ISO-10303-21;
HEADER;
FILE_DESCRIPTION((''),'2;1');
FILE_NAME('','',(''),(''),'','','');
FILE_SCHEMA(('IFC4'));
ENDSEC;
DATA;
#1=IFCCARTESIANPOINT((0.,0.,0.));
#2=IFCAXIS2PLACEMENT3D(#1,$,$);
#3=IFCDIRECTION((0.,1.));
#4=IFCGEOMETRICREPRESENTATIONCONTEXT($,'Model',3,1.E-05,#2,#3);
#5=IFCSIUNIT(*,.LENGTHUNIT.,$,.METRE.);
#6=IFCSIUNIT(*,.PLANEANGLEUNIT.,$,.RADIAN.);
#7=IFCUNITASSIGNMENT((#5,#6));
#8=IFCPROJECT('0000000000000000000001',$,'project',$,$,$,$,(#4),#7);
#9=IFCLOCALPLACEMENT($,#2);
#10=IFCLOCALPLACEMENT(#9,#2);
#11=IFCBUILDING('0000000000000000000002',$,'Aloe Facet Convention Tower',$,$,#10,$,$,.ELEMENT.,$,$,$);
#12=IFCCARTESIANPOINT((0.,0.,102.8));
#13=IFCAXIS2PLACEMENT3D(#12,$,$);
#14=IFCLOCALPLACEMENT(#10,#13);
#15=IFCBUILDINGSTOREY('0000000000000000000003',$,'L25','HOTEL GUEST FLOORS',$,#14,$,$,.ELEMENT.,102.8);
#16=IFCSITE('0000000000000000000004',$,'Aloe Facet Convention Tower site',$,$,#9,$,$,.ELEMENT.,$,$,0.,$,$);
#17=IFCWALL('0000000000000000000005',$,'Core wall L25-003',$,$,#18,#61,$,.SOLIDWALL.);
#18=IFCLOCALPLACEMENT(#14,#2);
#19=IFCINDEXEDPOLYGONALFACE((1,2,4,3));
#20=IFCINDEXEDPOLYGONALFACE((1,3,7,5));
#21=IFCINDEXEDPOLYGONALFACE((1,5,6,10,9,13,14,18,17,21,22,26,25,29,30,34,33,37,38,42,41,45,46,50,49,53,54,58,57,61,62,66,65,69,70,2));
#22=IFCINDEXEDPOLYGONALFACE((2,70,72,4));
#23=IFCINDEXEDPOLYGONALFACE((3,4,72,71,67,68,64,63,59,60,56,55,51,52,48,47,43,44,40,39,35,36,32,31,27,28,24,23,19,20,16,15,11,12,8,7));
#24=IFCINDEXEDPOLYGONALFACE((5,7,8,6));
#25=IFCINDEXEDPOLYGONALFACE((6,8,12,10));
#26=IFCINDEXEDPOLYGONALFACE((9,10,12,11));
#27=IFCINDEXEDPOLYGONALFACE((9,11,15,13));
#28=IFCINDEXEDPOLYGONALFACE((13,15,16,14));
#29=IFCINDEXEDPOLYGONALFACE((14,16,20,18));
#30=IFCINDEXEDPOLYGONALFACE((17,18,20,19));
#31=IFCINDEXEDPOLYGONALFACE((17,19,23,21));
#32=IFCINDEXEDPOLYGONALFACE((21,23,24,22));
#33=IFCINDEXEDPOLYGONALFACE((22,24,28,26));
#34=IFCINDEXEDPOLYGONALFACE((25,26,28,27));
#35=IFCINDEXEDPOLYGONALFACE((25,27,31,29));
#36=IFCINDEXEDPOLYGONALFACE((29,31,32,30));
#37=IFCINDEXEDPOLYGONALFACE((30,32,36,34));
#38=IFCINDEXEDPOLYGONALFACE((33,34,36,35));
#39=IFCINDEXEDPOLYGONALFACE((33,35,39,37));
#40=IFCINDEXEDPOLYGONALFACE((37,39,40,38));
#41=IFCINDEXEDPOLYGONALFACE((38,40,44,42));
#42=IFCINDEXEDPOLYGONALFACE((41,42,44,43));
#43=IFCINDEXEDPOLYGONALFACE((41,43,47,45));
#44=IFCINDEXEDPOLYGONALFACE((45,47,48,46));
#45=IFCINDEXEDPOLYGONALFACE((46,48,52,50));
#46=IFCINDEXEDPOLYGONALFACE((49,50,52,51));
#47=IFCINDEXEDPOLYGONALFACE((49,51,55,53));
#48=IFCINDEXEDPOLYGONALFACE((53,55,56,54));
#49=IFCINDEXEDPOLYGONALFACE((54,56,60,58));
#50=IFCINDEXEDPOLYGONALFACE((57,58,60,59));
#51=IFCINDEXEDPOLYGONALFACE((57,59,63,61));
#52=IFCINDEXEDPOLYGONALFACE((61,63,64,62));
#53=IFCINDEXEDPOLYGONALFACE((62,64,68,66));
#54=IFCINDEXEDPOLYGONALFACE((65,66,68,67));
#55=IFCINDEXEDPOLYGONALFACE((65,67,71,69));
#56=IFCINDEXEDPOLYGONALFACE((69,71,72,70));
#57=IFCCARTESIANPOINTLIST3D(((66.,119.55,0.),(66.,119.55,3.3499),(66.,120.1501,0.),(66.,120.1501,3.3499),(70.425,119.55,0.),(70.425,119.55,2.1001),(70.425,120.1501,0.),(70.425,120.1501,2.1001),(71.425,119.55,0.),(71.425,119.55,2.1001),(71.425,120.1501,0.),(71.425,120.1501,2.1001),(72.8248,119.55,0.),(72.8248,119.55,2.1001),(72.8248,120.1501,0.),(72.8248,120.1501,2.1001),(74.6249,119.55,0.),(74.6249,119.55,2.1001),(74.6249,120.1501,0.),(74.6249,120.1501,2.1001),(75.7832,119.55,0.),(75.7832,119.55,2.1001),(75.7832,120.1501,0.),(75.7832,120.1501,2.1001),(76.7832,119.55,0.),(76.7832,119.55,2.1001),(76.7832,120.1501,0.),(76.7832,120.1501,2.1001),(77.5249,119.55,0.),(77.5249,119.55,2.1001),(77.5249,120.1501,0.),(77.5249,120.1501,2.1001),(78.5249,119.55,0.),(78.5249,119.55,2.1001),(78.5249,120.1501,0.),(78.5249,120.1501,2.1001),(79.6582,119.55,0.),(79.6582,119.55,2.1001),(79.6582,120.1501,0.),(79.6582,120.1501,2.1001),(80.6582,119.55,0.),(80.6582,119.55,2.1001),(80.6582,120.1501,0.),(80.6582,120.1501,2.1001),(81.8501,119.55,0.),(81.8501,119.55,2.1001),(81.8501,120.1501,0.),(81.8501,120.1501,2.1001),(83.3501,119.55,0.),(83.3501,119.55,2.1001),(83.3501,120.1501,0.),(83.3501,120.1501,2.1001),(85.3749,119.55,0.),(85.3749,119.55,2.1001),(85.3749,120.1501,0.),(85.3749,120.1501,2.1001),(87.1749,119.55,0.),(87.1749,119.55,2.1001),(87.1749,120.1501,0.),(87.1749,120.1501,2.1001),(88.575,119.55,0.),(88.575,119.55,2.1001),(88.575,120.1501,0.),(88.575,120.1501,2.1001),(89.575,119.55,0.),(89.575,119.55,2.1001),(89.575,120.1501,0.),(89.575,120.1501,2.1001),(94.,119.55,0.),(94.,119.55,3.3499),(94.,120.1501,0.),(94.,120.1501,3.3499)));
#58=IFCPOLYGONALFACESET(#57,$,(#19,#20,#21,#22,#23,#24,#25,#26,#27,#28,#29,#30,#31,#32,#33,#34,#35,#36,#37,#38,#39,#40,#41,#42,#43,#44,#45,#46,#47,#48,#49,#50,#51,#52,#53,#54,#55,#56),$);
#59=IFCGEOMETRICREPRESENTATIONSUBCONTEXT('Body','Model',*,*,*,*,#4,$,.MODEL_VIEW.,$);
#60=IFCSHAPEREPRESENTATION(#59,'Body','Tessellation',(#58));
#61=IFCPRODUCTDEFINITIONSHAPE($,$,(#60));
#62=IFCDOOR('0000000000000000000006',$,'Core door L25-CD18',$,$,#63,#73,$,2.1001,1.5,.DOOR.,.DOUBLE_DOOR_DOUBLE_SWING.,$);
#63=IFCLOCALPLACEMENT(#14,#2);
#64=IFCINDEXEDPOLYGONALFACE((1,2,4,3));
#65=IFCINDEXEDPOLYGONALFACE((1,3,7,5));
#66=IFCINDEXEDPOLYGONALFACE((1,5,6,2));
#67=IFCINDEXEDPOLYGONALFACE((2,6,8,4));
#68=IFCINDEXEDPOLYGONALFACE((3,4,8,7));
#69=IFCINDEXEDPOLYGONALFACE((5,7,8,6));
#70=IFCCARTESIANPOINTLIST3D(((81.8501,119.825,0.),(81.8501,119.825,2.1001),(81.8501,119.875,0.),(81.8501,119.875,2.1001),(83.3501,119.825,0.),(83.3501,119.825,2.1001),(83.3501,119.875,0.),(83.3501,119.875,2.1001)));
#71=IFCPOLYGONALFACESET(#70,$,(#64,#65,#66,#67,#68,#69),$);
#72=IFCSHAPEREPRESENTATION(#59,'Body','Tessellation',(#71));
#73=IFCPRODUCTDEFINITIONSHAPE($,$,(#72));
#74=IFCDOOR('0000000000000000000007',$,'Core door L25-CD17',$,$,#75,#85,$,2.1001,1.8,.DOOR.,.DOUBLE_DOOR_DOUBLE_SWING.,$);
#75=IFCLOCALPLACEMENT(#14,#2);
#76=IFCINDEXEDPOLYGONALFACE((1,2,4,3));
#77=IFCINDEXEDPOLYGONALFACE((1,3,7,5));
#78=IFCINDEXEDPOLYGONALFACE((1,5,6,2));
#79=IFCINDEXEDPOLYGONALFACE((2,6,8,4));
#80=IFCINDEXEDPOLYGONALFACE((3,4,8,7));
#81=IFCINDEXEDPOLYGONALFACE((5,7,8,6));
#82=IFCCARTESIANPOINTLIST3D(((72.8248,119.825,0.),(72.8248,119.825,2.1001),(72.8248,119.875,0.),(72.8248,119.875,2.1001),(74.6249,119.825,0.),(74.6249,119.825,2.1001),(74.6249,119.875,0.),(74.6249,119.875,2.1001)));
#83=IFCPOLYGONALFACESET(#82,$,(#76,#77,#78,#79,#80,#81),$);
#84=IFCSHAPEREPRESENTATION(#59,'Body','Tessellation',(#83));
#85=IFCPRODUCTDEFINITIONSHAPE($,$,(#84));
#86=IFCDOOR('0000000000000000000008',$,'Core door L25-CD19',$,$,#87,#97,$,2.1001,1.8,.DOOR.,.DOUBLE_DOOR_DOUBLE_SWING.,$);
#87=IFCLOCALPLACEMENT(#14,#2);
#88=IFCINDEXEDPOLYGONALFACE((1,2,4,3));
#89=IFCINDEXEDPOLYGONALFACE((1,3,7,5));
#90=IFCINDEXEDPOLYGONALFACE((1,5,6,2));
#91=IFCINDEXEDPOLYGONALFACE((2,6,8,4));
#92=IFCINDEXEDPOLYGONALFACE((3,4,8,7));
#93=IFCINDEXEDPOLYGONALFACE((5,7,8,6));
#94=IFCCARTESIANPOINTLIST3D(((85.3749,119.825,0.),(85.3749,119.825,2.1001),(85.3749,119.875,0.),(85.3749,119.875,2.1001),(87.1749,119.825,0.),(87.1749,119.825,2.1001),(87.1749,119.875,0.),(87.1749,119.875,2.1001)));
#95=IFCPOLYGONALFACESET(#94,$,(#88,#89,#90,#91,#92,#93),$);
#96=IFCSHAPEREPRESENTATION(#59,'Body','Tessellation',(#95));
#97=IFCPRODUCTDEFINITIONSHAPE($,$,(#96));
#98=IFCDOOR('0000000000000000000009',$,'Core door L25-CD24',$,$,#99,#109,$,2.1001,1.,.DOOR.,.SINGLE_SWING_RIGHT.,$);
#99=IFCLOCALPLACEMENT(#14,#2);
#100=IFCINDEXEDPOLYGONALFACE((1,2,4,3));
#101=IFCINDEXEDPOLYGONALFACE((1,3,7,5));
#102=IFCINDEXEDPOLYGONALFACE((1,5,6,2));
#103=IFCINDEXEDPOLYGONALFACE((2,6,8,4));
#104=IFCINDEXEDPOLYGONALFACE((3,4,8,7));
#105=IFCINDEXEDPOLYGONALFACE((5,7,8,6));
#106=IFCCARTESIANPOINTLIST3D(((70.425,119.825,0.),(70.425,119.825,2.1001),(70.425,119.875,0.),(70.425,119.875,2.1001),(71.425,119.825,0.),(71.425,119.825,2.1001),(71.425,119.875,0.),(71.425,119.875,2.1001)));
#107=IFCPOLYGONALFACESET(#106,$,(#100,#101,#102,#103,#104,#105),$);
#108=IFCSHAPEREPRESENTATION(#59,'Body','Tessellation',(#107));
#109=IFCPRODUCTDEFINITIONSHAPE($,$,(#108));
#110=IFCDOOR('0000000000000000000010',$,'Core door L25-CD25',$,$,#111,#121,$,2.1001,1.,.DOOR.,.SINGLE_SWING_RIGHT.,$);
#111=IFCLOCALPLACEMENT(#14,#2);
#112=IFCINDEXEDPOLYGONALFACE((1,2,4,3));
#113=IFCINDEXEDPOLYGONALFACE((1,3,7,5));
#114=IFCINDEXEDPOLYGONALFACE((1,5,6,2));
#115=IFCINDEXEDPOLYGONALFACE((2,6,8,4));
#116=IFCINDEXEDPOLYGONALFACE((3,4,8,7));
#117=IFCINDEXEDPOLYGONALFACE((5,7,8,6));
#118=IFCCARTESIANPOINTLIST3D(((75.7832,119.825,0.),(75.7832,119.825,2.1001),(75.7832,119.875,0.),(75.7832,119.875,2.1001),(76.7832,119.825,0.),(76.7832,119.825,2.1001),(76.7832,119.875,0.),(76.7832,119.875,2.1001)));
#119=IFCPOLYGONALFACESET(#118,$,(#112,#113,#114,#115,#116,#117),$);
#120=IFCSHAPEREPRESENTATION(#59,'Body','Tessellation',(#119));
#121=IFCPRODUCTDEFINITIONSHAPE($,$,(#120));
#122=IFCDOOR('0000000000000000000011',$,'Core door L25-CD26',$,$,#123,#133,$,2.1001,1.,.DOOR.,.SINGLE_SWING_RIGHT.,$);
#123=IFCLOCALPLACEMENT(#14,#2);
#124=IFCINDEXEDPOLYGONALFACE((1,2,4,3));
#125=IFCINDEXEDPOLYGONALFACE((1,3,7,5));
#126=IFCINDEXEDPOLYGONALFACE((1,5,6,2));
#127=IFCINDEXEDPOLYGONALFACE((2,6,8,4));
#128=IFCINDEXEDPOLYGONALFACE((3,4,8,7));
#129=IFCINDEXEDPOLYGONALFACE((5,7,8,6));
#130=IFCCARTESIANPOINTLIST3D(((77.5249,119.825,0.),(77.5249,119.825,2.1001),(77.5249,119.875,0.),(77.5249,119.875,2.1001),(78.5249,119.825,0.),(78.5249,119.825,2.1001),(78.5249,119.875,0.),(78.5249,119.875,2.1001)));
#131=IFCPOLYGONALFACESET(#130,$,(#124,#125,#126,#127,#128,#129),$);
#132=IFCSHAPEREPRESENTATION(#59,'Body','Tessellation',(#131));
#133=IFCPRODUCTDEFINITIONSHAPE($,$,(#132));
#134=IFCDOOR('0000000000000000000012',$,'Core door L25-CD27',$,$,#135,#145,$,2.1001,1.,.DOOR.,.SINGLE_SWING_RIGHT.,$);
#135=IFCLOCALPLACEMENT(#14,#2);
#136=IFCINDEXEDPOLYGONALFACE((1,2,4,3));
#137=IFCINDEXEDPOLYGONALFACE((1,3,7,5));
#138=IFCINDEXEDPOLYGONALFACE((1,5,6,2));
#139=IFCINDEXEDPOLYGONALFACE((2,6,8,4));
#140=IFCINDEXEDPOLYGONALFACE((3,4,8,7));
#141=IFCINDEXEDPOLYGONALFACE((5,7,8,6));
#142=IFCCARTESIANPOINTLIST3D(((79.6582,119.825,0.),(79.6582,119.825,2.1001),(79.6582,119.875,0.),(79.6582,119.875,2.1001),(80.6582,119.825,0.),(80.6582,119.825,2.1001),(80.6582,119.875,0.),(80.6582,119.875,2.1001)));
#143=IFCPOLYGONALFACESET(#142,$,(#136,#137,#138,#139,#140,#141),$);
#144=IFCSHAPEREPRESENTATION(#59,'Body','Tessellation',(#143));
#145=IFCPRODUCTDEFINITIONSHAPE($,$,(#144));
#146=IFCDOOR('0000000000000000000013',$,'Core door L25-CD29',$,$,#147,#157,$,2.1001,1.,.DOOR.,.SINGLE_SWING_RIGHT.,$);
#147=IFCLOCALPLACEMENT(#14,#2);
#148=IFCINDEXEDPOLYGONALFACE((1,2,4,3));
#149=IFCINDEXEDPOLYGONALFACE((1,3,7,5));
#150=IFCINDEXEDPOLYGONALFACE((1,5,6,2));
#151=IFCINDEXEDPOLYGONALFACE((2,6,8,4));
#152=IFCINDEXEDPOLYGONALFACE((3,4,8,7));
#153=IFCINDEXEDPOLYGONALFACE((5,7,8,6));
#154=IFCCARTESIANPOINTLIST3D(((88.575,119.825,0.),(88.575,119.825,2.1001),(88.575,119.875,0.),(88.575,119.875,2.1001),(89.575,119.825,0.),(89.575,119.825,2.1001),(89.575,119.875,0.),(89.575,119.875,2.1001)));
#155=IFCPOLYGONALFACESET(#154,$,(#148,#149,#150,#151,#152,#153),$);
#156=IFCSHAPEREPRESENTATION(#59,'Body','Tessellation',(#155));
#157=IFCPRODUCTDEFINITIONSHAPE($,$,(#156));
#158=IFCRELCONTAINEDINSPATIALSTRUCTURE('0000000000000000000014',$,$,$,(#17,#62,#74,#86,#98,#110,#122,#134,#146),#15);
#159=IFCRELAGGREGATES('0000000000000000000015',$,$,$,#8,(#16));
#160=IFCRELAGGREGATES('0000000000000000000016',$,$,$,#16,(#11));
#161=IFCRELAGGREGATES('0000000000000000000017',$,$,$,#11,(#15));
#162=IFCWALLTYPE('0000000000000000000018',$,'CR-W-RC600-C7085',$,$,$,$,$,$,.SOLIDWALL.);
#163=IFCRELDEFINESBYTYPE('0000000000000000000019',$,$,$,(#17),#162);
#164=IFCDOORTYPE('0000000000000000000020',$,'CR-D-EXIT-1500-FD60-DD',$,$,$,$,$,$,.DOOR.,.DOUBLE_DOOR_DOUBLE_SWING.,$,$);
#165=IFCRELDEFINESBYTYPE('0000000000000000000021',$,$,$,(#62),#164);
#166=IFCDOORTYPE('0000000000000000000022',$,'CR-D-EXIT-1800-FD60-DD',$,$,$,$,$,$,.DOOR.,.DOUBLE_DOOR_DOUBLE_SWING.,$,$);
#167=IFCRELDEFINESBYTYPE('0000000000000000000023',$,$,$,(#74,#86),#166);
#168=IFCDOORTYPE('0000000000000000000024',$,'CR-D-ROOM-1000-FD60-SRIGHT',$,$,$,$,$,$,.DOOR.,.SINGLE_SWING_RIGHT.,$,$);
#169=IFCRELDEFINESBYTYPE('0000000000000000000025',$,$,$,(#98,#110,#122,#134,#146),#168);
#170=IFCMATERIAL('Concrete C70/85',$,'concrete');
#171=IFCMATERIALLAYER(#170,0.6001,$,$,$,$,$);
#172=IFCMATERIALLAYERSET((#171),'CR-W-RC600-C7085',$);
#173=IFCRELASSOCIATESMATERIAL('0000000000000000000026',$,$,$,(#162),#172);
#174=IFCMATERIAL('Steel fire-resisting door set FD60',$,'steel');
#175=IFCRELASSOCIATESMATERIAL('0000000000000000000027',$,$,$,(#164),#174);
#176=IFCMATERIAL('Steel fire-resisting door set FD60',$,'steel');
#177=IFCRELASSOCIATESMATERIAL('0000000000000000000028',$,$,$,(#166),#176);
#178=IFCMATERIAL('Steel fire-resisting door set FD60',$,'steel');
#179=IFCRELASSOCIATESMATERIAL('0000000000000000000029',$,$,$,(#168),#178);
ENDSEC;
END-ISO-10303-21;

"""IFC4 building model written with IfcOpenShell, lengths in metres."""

from ifc_helpers import new_model, si_unit, direction, frame, frame_2d, origin, place, context, subcontext, project, spatial, rectangle, extrude, material, layer, layer_set, type_object, element, fill, save


model = new_model("IFC4")

# Units and contexts
model_context = context("Model", 3, precision=1e-05, world=origin(), true_north=direction((0.0, 1.0)))
body_context = subcontext(model_context, "Body", "Model", "MODEL_VIEW")
ifc_project = project(units=[si_unit("LENGTHUNIT", "METRE"), si_unit("PLANEANGLEUNIT", "RADIAN")], contexts=[model_context])

# Site, building, storey
site_placement = place(None, origin())
site = spatial("IfcSite", under=ifc_project, at=site_placement, Name="Aloe Facet Convention Tower site", CompositionType="ELEMENT", RefElevation=0.0)
building_placement = place(site_placement, origin())
building = spatial("IfcBuilding", under=site, at=building_placement, Name="Aloe Facet Convention Tower", CompositionType="ELEMENT")
storey_placement = place(building_placement, frame((0.0, 0.0, 102.8)))
storey = spatial("IfcBuildingStorey", under=building, at=storey_placement, Name="L25", Description="HOTEL GUEST FLOORS", CompositionType="ELEMENT", Elevation=102.8)

# Wall, openings, doors
ifc_material_1 = material(Name="Concrete C70/85", Category="concrete")
ifc_layer_1 = layer(ifc_material_1, 0.6001)
ifc_layer_set_1 = layer_set([ifc_layer_1], Name="CR-W-RC600-C7085")
wall_type_1 = type_object("IfcWallType", Name="CR-W-RC600-C7085", PredefinedType="SOLIDWALL", material=ifc_layer_set_1)
wall_1_placement = place(storey_placement, frame((66.0, 119.8501, 0.0), z_axis=(0.0, 0.0, 1.0), x_axis=(1.0, 0.0, 0.0)))
wall_1 = element("IfcWall", 1, at=wall_1_placement, inside=storey, type_object=wall_type_1, Name="Core wall L25-003", PredefinedType="SOLIDWALL", context=body_context, shape_type="SweptSolid", body=[
    extrude(rectangle(XDim=28.0, YDim=0.6001, at=frame_2d((14.0, 0.0))), origin(), (0.0, 0.0, 1.0), 3.3499),
])
opening_1_placement = place(wall_1_placement, frame((6.825, 0.0, 0.0)))
opening_1 = element("IfcOpeningElement", 2, at=opening_1_placement, cuts=wall_1, PredefinedType="OPENING", context=body_context, shape_type="SweptSolid", body=[
    extrude(rectangle(XDim=1.8, YDim=2.1001, at=frame_2d((0.8999, 1.05))), frame((0.0, 0.3101, 0.0), z_axis=(0.0, -1.0, 0.0), x_axis=(1.0, 0.0, 0.0)), (0.0, 0.0, 1.0), 0.6201),
])
opening_2_placement = place(wall_1_placement, frame((15.8501, 0.0, 0.0)))
opening_2 = element("IfcOpeningElement", 3, at=opening_2_placement, cuts=wall_1, PredefinedType="OPENING", context=body_context, shape_type="SweptSolid", body=[
    extrude(rectangle(XDim=1.5, YDim=2.1001, at=frame_2d((0.75, 1.05))), frame((0.0, 0.3101, 0.0), z_axis=(0.0, -1.0, 0.0), x_axis=(1.0, 0.0, 0.0)), (0.0, 0.0, 1.0), 0.6201),
])
opening_3_placement = place(wall_1_placement, frame((19.375, 0.0, 0.0)))
opening_3 = element("IfcOpeningElement", 4, at=opening_3_placement, cuts=wall_1, PredefinedType="OPENING", context=body_context, shape_type="SweptSolid", body=[
    extrude(rectangle(XDim=1.8, YDim=2.1001, at=frame_2d((0.8999, 1.05))), frame((0.0, 0.3101, 0.0), z_axis=(0.0, -1.0, 0.0), x_axis=(1.0, 0.0, 0.0)), (0.0, 0.0, 1.0), 0.6201),
])
opening_4_placement = place(wall_1_placement, frame((4.425, 0.0, 0.0)))
opening_4 = element("IfcOpeningElement", 5, at=opening_4_placement, cuts=wall_1, PredefinedType="OPENING", context=body_context, shape_type="SweptSolid", body=[
    extrude(rectangle(XDim=1.0, YDim=2.1001, at=frame_2d((0.5, 1.05))), frame((0.0, 0.3101, 0.0), z_axis=(0.0, -1.0, 0.0), x_axis=(1.0, 0.0, 0.0)), (0.0, 0.0, 1.0), 0.6201),
])
opening_5_placement = place(wall_1_placement, frame((9.7832, 0.0, 0.0)))
opening_5 = element("IfcOpeningElement", 6, at=opening_5_placement, cuts=wall_1, PredefinedType="OPENING", context=body_context, shape_type="SweptSolid", body=[
    extrude(rectangle(XDim=1.0, YDim=2.1001, at=frame_2d((0.5, 1.05))), frame((0.0, 0.3101, 0.0), z_axis=(0.0, -1.0, 0.0), x_axis=(1.0, 0.0, 0.0)), (0.0, 0.0, 1.0), 0.6201),
])
opening_6_placement = place(wall_1_placement, frame((11.5249, 0.0, 0.0)))
opening_6 = element("IfcOpeningElement", 7, at=opening_6_placement, cuts=wall_1, PredefinedType="OPENING", context=body_context, shape_type="SweptSolid", body=[
    extrude(rectangle(XDim=1.0, YDim=2.1001, at=frame_2d((0.5, 1.05))), frame((0.0, 0.3101, 0.0), z_axis=(0.0, -1.0, 0.0), x_axis=(1.0, 0.0, 0.0)), (0.0, 0.0, 1.0), 0.6201),
])
opening_7_placement = place(wall_1_placement, frame((13.6582, 0.0, 0.0)))
opening_7 = element("IfcOpeningElement", 8, at=opening_7_placement, cuts=wall_1, PredefinedType="OPENING", context=body_context, shape_type="SweptSolid", body=[
    extrude(rectangle(XDim=1.0, YDim=2.1001, at=frame_2d((0.5, 1.05))), frame((0.0, 0.3101, 0.0), z_axis=(0.0, -1.0, 0.0), x_axis=(1.0, 0.0, 0.0)), (0.0, 0.0, 1.0), 0.6201),
])
opening_8_placement = place(wall_1_placement, frame((22.575, 0.0, 0.0)))
opening_8 = element("IfcOpeningElement", 9, at=opening_8_placement, cuts=wall_1, PredefinedType="OPENING", context=body_context, shape_type="SweptSolid", body=[
    extrude(rectangle(XDim=1.0, YDim=2.1001, at=frame_2d((0.5, 1.05))), frame((0.0, 0.3101, 0.0), z_axis=(0.0, -1.0, 0.0), x_axis=(1.0, 0.0, 0.0)), (0.0, 0.0, 1.0), 0.6201),
])
ifc_material_2 = material(Name="Steel fire-resisting door set FD60", Category="steel")
door_type_1 = type_object("IfcDoorType", Name="CR-D-EXIT-1500-FD60-DD", OperationType="DOUBLE_DOOR_DOUBLE_SWING", PredefinedType="DOOR", material=ifc_material_2)
door_1_placement = place(opening_2_placement, origin())
door_1 = element("IfcDoor", 10, at=door_1_placement, inside=storey, type_object=door_type_1, Name="Core door L25-CD18", OperationType="DOUBLE_DOOR_DOUBLE_SWING", OverallHeight=2.1001, OverallWidth=1.5, PredefinedType="DOOR", context=body_context, shape_type="SweptSolid", body=[
    extrude(rectangle(XDim=1.5, YDim=2.1001, at=frame_2d((0.75, 1.05))), frame((0.0, 0.0249, 0.0), z_axis=(0.0, -1.0, 0.0), x_axis=(1.0, 0.0, 0.0)), (0.0, 0.0, 1.0), 0.05),
])
fill(opening_2, door_1)
ifc_material_3 = material(Name="Steel fire-resisting door set FD60", Category="steel")
door_type_2 = type_object("IfcDoorType", Name="CR-D-EXIT-1800-FD60-DD", OperationType="DOUBLE_DOOR_DOUBLE_SWING", PredefinedType="DOOR", material=ifc_material_3)
door_2_placement = place(opening_1_placement, origin())
door_2 = element("IfcDoor", 11, at=door_2_placement, inside=storey, type_object=door_type_2, Name="Core door L25-CD17", OperationType="DOUBLE_DOOR_DOUBLE_SWING", OverallHeight=2.1001, OverallWidth=1.8, PredefinedType="DOOR", context=body_context, shape_type="SweptSolid", body=[
    extrude(rectangle(XDim=1.8, YDim=2.1001, at=frame_2d((0.8999, 1.05))), frame((0.0, 0.0249, 0.0), z_axis=(0.0, -1.0, 0.0), x_axis=(1.0, 0.0, 0.0)), (0.0, 0.0, 1.0), 0.05),
])
fill(opening_1, door_2)
door_3_placement = place(opening_3_placement, origin())
door_3 = element("IfcDoor", 12, at=door_3_placement, inside=storey, type_object=door_type_2, Name="Core door L25-CD19", OperationType="DOUBLE_DOOR_DOUBLE_SWING", OverallHeight=2.1001, OverallWidth=1.8, PredefinedType="DOOR", context=body_context, shape_type="SweptSolid", body=[
    extrude(rectangle(XDim=1.8, YDim=2.1001, at=frame_2d((0.8999, 1.05))), frame((0.0, 0.0249, 0.0), z_axis=(0.0, -1.0, 0.0), x_axis=(1.0, 0.0, 0.0)), (0.0, 0.0, 1.0), 0.05),
])
fill(opening_3, door_3)
ifc_material_4 = material(Name="Steel fire-resisting door set FD60", Category="steel")
door_type_3 = type_object("IfcDoorType", Name="CR-D-ROOM-1000-FD60-SRIGHT", OperationType="SINGLE_SWING_RIGHT", PredefinedType="DOOR", material=ifc_material_4)
door_4_placement = place(opening_4_placement, origin())
door_4 = element("IfcDoor", 13, at=door_4_placement, inside=storey, type_object=door_type_3, Name="Core door L25-CD24", OperationType="SINGLE_SWING_RIGHT", OverallHeight=2.1001, OverallWidth=1.0, PredefinedType="DOOR", context=body_context, shape_type="SweptSolid", body=[
    extrude(rectangle(XDim=1.0, YDim=2.1001, at=frame_2d((0.5, 1.05))), frame((0.0, 0.0249, 0.0), z_axis=(0.0, -1.0, 0.0), x_axis=(1.0, 0.0, 0.0)), (0.0, 0.0, 1.0), 0.05),
])
fill(opening_4, door_4)
door_5_placement = place(opening_5_placement, origin())
door_5 = element("IfcDoor", 14, at=door_5_placement, inside=storey, type_object=door_type_3, Name="Core door L25-CD25", OperationType="SINGLE_SWING_RIGHT", OverallHeight=2.1001, OverallWidth=1.0, PredefinedType="DOOR", context=body_context, shape_type="SweptSolid", body=[
    extrude(rectangle(XDim=1.0, YDim=2.1001, at=frame_2d((0.5, 1.05))), frame((0.0, 0.0249, 0.0), z_axis=(0.0, -1.0, 0.0), x_axis=(1.0, 0.0, 0.0)), (0.0, 0.0, 1.0), 0.05),
])
fill(opening_5, door_5)
door_6_placement = place(opening_6_placement, origin())
door_6 = element("IfcDoor", 15, at=door_6_placement, inside=storey, type_object=door_type_3, Name="Core door L25-CD26", OperationType="SINGLE_SWING_RIGHT", OverallHeight=2.1001, OverallWidth=1.0, PredefinedType="DOOR", context=body_context, shape_type="SweptSolid", body=[
    extrude(rectangle(XDim=1.0, YDim=2.1001, at=frame_2d((0.5, 1.05))), frame((0.0, 0.0249, 0.0), z_axis=(0.0, -1.0, 0.0), x_axis=(1.0, 0.0, 0.0)), (0.0, 0.0, 1.0), 0.05),
])
fill(opening_6, door_6)
door_7_placement = place(opening_7_placement, origin())
door_7 = element("IfcDoor", 16, at=door_7_placement, inside=storey, type_object=door_type_3, Name="Core door L25-CD27", OperationType="SINGLE_SWING_RIGHT", OverallHeight=2.1001, OverallWidth=1.0, PredefinedType="DOOR", context=body_context, shape_type="SweptSolid", body=[
    extrude(rectangle(XDim=1.0, YDim=2.1001, at=frame_2d((0.5, 1.05))), frame((0.0, 0.0249, 0.0), z_axis=(0.0, -1.0, 0.0), x_axis=(1.0, 0.0, 0.0)), (0.0, 0.0, 1.0), 0.05),
])
fill(opening_7, door_7)
door_8_placement = place(opening_8_placement, origin())
door_8 = element("IfcDoor", 17, at=door_8_placement, inside=storey, type_object=door_type_3, Name="Core door L25-CD29", OperationType="SINGLE_SWING_RIGHT", OverallHeight=2.1001, OverallWidth=1.0, PredefinedType="DOOR", context=body_context, shape_type="SweptSolid", body=[
    extrude(rectangle(XDim=1.0, YDim=2.1001, at=frame_2d((0.5, 1.05))), frame((0.0, 0.0249, 0.0), z_axis=(0.0, -1.0, 0.0), x_axis=(1.0, 0.0, 0.0)), (0.0, 0.0, 1.0), 0.05),
])
fill(opening_8, door_8)

save(model, "model.ifc")
